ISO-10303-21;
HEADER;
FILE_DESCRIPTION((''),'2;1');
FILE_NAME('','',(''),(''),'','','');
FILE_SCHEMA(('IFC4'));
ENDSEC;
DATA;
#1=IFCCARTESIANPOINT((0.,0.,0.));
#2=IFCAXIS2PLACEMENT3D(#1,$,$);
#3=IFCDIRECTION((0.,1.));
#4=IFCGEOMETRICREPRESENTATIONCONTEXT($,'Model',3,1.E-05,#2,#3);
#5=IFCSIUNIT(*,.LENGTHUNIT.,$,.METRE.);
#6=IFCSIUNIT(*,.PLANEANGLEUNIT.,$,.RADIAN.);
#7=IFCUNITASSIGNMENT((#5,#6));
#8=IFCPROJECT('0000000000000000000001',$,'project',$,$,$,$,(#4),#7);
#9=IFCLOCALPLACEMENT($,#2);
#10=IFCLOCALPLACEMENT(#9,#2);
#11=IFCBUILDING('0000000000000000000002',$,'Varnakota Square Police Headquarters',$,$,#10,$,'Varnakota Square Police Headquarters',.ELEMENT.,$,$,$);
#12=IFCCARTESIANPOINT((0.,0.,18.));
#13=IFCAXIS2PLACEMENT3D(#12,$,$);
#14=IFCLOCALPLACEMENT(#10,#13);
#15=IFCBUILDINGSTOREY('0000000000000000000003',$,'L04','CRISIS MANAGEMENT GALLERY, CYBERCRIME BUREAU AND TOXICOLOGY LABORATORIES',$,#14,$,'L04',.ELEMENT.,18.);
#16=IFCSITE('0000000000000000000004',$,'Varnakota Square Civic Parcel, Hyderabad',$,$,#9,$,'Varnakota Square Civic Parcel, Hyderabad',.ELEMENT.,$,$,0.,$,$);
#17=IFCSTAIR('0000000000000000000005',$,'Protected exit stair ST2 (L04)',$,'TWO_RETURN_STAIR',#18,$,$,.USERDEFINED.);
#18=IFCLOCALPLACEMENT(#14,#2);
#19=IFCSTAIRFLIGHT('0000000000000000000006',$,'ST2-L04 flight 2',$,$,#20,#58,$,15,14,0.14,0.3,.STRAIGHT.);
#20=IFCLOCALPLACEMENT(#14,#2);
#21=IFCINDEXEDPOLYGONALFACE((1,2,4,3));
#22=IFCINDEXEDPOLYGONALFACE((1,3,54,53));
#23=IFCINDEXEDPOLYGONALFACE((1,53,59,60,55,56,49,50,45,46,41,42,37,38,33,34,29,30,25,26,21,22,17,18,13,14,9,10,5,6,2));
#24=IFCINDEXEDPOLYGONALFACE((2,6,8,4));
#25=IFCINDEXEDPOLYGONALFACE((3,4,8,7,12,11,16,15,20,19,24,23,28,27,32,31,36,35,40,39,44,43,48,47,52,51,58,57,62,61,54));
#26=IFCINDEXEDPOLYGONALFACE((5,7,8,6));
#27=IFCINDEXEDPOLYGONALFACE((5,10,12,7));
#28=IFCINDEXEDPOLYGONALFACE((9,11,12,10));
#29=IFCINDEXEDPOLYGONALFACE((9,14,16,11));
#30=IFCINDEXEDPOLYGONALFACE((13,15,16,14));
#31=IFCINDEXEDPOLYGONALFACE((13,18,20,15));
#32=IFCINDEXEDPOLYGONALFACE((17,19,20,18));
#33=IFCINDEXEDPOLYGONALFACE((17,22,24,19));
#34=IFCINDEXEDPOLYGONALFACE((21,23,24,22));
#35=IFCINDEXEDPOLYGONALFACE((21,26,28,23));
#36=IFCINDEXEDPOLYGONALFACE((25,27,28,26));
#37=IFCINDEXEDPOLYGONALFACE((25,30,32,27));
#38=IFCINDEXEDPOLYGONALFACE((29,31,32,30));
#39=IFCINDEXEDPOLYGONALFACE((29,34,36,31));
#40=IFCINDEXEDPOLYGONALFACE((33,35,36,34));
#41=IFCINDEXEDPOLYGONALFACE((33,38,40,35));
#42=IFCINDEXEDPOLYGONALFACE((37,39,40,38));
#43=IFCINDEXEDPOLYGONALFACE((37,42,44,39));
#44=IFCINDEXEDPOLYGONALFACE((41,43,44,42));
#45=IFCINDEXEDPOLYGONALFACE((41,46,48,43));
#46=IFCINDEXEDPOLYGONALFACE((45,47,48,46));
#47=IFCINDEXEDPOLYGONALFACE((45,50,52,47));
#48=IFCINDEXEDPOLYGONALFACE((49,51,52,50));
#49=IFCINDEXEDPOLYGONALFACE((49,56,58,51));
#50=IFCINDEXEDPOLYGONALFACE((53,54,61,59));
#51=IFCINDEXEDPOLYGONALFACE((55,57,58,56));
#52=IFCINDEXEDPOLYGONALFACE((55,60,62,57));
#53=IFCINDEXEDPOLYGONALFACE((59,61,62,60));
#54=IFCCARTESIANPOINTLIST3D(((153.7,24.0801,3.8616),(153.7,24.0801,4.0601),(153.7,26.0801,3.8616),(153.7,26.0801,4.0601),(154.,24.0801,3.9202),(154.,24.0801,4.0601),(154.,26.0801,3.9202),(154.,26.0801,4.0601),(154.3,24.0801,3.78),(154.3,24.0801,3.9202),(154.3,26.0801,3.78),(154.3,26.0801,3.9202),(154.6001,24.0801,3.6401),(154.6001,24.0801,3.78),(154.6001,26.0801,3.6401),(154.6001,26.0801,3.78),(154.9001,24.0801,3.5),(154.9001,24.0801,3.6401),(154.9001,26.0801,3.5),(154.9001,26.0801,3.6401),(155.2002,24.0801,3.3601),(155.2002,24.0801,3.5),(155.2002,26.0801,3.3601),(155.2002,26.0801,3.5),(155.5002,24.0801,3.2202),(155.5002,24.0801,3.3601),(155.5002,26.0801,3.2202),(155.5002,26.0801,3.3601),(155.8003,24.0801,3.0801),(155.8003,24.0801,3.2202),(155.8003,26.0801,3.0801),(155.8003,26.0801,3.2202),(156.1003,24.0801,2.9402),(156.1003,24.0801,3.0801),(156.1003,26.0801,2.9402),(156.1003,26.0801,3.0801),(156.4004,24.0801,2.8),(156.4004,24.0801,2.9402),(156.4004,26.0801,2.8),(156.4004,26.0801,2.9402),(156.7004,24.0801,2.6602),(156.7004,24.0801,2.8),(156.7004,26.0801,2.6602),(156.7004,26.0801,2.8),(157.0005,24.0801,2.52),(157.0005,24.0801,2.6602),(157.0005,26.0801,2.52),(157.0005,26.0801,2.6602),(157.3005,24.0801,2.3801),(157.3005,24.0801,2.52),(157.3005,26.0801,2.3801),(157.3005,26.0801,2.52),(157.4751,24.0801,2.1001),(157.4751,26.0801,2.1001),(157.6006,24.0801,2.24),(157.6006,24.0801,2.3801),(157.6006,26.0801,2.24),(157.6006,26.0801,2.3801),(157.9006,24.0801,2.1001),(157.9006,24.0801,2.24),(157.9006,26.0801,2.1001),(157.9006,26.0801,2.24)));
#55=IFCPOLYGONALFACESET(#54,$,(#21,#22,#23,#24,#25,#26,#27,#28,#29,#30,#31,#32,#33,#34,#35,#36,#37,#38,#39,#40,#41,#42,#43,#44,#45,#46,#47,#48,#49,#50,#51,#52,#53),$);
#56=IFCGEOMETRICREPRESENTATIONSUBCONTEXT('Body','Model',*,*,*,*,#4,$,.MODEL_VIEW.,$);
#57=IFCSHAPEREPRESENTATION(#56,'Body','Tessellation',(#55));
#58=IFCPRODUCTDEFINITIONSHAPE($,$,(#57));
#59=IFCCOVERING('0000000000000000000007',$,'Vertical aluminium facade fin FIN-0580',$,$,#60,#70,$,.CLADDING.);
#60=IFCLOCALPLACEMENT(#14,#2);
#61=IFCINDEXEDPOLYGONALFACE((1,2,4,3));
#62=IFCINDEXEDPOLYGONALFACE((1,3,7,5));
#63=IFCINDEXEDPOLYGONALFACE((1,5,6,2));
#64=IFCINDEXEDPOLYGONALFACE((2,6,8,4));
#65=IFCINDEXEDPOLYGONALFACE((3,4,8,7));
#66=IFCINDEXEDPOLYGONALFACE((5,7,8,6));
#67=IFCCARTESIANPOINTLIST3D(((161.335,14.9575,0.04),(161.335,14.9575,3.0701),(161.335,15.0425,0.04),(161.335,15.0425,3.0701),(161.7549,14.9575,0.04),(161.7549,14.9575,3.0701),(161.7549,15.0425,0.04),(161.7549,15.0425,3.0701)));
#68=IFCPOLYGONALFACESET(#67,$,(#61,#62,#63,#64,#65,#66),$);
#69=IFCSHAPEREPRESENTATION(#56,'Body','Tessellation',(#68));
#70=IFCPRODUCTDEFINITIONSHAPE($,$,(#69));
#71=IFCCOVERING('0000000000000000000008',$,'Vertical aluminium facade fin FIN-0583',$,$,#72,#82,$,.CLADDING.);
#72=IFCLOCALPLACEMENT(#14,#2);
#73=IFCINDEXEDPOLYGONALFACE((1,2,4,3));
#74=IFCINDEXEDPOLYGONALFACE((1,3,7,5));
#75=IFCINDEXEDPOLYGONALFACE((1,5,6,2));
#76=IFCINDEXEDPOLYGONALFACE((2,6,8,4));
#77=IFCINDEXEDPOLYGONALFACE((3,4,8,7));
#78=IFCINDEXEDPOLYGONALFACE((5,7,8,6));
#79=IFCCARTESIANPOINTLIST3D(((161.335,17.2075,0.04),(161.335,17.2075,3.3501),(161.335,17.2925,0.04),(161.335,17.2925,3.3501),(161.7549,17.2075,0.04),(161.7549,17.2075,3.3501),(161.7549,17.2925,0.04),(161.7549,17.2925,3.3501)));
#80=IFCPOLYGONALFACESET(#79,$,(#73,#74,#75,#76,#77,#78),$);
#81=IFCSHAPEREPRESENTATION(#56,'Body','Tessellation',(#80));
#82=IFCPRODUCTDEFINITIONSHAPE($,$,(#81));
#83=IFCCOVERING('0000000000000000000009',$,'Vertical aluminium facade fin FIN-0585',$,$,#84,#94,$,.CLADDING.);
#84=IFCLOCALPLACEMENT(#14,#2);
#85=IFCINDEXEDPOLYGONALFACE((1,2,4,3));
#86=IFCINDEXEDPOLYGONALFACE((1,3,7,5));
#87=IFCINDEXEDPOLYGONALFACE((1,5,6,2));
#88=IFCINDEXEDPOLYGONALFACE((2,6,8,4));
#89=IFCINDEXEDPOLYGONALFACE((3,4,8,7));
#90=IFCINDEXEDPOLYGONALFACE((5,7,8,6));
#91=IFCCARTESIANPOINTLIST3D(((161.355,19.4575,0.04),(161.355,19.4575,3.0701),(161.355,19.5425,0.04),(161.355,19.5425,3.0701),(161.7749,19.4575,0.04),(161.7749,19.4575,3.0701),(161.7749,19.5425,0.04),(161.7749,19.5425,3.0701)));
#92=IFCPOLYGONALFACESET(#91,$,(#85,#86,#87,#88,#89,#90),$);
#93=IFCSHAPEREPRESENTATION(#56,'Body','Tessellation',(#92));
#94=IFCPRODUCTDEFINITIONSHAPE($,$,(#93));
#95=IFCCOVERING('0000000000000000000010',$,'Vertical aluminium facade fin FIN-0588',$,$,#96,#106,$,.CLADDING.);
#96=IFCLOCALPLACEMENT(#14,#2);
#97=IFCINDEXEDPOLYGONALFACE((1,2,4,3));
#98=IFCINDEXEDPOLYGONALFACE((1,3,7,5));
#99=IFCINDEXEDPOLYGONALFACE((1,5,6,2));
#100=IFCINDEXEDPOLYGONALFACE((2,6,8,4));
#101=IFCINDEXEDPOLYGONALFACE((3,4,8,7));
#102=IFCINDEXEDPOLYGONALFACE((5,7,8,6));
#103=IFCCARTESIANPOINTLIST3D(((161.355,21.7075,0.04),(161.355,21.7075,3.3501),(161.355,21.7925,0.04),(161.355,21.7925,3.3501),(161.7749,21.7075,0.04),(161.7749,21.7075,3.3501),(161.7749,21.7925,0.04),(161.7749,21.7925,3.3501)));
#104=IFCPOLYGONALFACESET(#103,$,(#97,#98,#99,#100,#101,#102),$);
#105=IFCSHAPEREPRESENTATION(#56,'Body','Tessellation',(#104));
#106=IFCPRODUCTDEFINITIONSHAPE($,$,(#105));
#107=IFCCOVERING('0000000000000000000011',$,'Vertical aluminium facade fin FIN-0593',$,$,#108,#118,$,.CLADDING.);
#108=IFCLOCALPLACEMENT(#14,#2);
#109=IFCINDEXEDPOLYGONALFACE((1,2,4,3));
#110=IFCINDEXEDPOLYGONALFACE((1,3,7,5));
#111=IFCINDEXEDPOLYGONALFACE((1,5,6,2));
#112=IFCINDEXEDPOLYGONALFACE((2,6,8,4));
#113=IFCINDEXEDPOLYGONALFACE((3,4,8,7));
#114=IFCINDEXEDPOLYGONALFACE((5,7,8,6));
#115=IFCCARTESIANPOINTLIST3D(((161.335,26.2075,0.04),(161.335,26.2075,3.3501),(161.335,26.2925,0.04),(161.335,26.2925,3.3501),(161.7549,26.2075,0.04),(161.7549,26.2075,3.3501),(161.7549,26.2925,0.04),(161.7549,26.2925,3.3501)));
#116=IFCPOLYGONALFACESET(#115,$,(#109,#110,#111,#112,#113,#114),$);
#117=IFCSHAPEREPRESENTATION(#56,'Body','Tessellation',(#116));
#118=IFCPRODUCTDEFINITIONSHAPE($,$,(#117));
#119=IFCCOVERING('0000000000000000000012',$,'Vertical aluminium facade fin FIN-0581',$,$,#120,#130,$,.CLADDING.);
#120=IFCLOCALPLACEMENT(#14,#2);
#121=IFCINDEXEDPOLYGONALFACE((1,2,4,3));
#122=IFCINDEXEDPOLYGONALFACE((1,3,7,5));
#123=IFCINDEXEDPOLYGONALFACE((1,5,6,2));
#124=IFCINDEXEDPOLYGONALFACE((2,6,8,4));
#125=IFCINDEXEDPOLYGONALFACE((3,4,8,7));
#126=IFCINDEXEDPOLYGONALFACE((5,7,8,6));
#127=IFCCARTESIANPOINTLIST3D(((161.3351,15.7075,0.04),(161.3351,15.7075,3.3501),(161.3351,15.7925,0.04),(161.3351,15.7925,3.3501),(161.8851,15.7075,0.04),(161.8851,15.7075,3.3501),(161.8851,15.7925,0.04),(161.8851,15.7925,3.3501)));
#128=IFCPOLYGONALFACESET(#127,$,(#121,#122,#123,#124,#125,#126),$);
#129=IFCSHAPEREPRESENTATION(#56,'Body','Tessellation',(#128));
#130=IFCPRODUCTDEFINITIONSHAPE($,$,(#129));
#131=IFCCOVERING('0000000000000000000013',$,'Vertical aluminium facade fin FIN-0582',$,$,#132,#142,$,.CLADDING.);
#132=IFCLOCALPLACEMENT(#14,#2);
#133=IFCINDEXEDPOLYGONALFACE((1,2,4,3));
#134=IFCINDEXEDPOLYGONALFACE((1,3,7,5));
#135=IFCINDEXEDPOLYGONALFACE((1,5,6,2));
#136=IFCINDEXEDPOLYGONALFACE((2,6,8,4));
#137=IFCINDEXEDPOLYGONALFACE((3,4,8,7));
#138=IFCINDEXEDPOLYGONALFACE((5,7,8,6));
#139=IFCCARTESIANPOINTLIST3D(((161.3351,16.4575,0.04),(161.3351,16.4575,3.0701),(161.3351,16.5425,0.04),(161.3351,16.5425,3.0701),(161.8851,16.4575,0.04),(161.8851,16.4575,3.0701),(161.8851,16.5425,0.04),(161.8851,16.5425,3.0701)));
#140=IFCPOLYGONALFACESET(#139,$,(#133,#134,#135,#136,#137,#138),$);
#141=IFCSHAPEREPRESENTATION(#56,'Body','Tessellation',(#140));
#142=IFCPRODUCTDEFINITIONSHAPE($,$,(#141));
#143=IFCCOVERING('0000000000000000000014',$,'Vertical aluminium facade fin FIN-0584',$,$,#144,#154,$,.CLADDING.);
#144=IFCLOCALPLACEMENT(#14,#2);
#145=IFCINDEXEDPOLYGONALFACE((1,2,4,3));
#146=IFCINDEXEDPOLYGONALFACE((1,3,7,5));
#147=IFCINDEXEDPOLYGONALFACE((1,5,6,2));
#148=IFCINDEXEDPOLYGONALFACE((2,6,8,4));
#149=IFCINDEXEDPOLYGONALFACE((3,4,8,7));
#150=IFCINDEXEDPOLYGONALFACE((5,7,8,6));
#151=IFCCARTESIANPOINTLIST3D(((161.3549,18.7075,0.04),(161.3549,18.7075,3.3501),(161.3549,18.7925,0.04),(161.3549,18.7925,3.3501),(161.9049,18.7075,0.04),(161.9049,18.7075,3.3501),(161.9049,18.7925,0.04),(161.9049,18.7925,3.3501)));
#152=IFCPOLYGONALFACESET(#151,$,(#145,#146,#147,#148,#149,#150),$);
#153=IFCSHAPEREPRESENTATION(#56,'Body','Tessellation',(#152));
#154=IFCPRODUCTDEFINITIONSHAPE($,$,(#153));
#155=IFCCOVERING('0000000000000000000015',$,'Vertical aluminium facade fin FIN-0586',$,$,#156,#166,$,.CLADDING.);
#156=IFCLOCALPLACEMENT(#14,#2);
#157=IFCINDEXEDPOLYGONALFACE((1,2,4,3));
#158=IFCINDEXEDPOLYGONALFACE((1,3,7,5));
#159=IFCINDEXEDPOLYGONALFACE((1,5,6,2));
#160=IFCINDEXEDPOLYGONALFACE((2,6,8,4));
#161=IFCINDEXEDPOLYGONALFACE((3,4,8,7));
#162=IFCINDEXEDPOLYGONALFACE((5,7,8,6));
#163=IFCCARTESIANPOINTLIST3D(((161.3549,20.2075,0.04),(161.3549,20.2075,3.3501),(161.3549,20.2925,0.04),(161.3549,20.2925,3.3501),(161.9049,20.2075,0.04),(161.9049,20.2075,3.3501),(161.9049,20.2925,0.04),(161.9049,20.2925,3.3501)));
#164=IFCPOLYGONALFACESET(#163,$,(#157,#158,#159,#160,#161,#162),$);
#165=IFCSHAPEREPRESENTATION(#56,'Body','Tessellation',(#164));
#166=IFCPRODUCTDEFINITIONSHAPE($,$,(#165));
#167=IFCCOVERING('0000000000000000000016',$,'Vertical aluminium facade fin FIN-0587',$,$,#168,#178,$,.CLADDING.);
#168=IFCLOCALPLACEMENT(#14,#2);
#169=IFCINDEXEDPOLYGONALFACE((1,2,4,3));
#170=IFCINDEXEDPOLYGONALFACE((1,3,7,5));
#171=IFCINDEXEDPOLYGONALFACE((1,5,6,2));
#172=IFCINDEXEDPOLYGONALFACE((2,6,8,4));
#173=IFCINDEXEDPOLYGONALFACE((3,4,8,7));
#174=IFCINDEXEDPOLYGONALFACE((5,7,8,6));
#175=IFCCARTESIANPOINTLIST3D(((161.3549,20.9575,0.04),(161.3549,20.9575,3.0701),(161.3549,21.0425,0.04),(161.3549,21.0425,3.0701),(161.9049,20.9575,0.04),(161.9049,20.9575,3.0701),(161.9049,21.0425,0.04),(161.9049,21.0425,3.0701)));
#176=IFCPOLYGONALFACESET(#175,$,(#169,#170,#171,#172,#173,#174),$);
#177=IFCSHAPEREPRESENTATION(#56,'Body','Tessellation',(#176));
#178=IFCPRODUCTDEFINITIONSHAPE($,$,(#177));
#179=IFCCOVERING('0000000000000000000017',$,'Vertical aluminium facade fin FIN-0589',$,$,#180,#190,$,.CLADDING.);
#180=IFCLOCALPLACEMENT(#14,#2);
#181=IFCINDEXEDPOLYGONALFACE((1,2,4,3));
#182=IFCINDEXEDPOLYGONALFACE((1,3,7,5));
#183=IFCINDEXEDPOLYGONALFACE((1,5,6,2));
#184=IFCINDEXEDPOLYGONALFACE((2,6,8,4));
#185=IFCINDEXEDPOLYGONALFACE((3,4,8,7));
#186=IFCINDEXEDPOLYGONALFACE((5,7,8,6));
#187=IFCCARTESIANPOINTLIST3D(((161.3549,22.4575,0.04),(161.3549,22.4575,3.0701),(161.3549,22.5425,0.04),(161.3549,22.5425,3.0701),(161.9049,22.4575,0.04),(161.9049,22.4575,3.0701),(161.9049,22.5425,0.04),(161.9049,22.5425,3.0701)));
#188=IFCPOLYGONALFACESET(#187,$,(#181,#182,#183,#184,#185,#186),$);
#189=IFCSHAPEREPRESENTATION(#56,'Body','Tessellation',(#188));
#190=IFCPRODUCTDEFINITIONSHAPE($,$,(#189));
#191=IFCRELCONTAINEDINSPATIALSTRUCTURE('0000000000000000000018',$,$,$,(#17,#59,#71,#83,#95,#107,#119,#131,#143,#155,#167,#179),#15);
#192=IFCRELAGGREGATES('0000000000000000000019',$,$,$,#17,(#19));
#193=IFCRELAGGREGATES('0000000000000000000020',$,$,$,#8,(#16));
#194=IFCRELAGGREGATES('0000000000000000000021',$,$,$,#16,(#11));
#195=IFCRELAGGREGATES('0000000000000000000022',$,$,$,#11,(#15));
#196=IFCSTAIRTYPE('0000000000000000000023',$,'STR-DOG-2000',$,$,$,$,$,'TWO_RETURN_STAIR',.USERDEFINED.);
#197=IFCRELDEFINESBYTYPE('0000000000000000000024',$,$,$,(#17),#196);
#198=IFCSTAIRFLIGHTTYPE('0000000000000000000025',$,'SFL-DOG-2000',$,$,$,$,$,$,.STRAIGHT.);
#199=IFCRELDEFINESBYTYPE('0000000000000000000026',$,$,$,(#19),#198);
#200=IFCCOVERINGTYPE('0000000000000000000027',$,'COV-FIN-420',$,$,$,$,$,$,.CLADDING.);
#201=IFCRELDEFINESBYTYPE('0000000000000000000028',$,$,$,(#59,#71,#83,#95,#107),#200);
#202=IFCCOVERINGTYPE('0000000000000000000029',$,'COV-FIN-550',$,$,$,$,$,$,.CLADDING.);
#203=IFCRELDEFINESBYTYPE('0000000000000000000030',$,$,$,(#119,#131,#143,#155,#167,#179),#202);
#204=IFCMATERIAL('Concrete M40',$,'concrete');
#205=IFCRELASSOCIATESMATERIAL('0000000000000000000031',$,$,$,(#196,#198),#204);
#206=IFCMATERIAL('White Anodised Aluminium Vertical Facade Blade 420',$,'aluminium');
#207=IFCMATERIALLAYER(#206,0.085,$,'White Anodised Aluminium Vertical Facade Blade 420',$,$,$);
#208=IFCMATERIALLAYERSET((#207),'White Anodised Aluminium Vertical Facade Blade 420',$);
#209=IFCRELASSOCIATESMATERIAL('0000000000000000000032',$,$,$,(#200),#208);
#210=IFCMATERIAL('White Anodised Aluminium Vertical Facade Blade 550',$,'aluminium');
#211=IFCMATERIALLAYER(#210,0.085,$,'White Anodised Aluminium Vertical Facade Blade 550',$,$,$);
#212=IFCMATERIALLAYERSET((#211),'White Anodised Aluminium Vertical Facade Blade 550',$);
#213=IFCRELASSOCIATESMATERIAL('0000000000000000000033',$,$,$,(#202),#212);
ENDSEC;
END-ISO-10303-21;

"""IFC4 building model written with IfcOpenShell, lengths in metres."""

from ifc_helpers import new_model, si_unit, direction, frame, origin, origin_2d, place, context, subcontext, project, spatial, polyline, rectangle, outline, extrude, material, layer, layer_set, type_object, element, aggregate, save


model = new_model("IFC4")

# Units and contexts
model_context = context("Model", 3, precision=1e-05, world=origin(), true_north=direction((0.0, 1.0)))
body_context = subcontext(model_context, "Body", "Model", "MODEL_VIEW")
ifc_project = project(units=[si_unit("LENGTHUNIT", "METRE"), si_unit("PLANEANGLEUNIT", "RADIAN")], contexts=[model_context])

# Site, building, storey
site_placement = place(None, origin())
site = spatial("IfcSite", under=ifc_project, at=site_placement, Name="Varnakota Square Civic Parcel, Hyderabad", LongName="Varnakota Square Civic Parcel, Hyderabad", CompositionType="ELEMENT", RefElevation=0.0)
building_placement = place(site_placement, origin())
building = spatial("IfcBuilding", under=site, at=building_placement, Name="Varnakota Square Police Headquarters", LongName="Varnakota Square Police Headquarters", CompositionType="ELEMENT")
storey_placement = place(building_placement, frame((0.0, 0.0, 18.0)))
storey = spatial("IfcBuildingStorey", under=building, at=storey_placement, Name="L04", Description="CRISIS MANAGEMENT GALLERY, CYBERCRIME BUREAU AND TOXICOLOGY LABORATORIES", LongName="L04", CompositionType="ELEMENT", Elevation=18.0)

# Shared definitions
ifc_material_1 = material(Name="Concrete M40", Category="concrete")

# Stair, stair flight
stair_type = type_object("IfcStairType", Name="STR-DOG-2000", ElementType="TWO_RETURN_STAIR", PredefinedType="USERDEFINED", material=ifc_material_1)
stair_placement = place(storey_placement, origin())
stair = element("IfcStair", 1, at=stair_placement, inside=storey, type_object=stair_type, Name="Protected exit stair ST2 (L04)", ObjectType="TWO_RETURN_STAIR", PredefinedType="USERDEFINED")
stair_flight_type = type_object("IfcStairFlightType", Name="SFL-DOG-2000", PredefinedType="STRAIGHT", material=ifc_material_1)
stair_flight_placement = place(storey_placement, frame((157.9006, 25.0801, 2.1001), z_axis=(0.0, 0.0, 1.0), x_axis=(-1.0, 0.0, 0.0)))
stair_flight = element("IfcStairFlight", 2, at=stair_flight_placement, type_object=stair_flight_type, Name="ST2-L04 flight 2", NumberOfRisers=15, NumberOfTreads=14, PredefinedType="STRAIGHT", RiserHeight=0.14, TreadLength=0.3, context=body_context, shape_type="SweptSolid", body=[
    extrude(outline(polyline([(0.0, 0.0), (0.0, 0.1399), (0.3, 0.1399), (0.3, 0.28), (0.6001, 0.28), (0.6001, 0.4199), (0.9001, 0.4199), (0.9001, 0.5601), (1.2002, 0.5601), (1.2002, 0.7), (1.5002, 0.7), (1.5002, 0.8401), (1.8003, 0.8401), (1.8003, 0.98), (2.1003, 0.98), (2.1003, 1.1201), (2.4004, 1.1201), (2.4004, 1.26), (2.7004, 1.26), (2.7004, 1.3999), (3.0005, 1.3999), (3.0005, 1.54), (3.3005, 1.54), (3.3005, 1.6799), (3.6006, 1.6799), (3.6006, 1.8201), (3.9006, 1.8201), (3.9006, 1.96), (4.2007, 1.96), (4.2007, 2.1001), (4.2007, 1.7615), (0.4255, 0.0), (0.0, 0.0)])), frame((0.0, 1.0, 0.0), z_axis=(0.0, -1.0, 0.0), x_axis=(1.0, 0.0, 0.0)), (0.0, 0.0, 1.0), 2.0),
])
aggregate(stair, [stair_flight])

# Coverings
ifc_material_2 = material(Name="White Anodised Aluminium Vertical Facade Blade 420", Category="aluminium")
ifc_layer_1 = layer(ifc_material_2, 0.085, Name="White Anodised Aluminium Vertical Facade Blade 420")
ifc_layer_set_1 = layer_set([ifc_layer_1], Name="White Anodised Aluminium Vertical Facade Blade 420")
covering_type_1 = type_object("IfcCoveringType", Name="COV-FIN-420", PredefinedType="CLADDING", material=ifc_layer_set_1)
covering_1_placement = place(storey_placement, frame((161.5449, 15.0, 0.04), z_axis=(0.0, 0.0, 1.0), x_axis=(0.0, 1.0, 0.0)))
element("IfcCovering", 3, at=covering_1_placement, inside=storey, type_object=covering_type_1, Name="Vertical aluminium facade fin FIN-0580", PredefinedType="CLADDING", context=body_context, shape_type="SweptSolid", body=[
    extrude(rectangle(XDim=0.085, YDim=0.4199, at=origin_2d()), origin(), (0.0, 0.0, 1.0), 3.03),
])
covering_2_placement = place(storey_placement, frame((161.5449, 17.25, 0.04), z_axis=(0.0, 0.0, 1.0), x_axis=(0.0, 1.0, 0.0)))
element("IfcCovering", 4, at=covering_2_placement, inside=storey, type_object=covering_type_1, Name="Vertical aluminium facade fin FIN-0583", PredefinedType="CLADDING", context=body_context, shape_type="SweptSolid", body=[
    extrude(rectangle(XDim=0.085, YDim=0.4199, at=origin_2d()), origin(), (0.0, 0.0, 1.0), 3.3101),
])
covering_3_placement = place(storey_placement, frame((161.5649, 19.5, 0.04), z_axis=(0.0, 0.0, 1.0), x_axis=(0.0, 1.0, 0.0)))
element("IfcCovering", 5, at=covering_3_placement, inside=storey, type_object=covering_type_1, Name="Vertical aluminium facade fin FIN-0585", PredefinedType="CLADDING", context=body_context, shape_type="SweptSolid", body=[
    extrude(rectangle(XDim=0.085, YDim=0.4199, at=origin_2d()), origin(), (0.0, 0.0, 1.0), 3.03),
])
for number, where, z_axis, x_axis, name in (
    (6, (161.5649, 21.75, 0.04), (0.0, 0.0, 1.0), (0.0, 1.0, 0.0), "Vertical aluminium facade fin FIN-0588"),
    (7, (161.5449, 26.25, 0.04), (0.0, 0.0, 1.0), (0.0, 1.0, 0.0), "Vertical aluminium facade fin FIN-0593"),
):
    element("IfcCovering", number, at=place(storey_placement, frame(where, z_axis=z_axis, x_axis=x_axis)), inside=storey, type_object=covering_type_1, Name=name, PredefinedType="CLADDING", context=body_context, shape_type="SweptSolid", body=[
        extrude(rectangle(XDim=0.085, YDim=0.4199, at=origin_2d()), origin(), (0.0, 0.0, 1.0), 3.3101),
    ])
ifc_material_3 = material(Name="White Anodised Aluminium Vertical Facade Blade 550", Category="aluminium")
ifc_layer_2 = layer(ifc_material_3, 0.085, Name="White Anodised Aluminium Vertical Facade Blade 550")
ifc_layer_set_2 = layer_set([ifc_layer_2], Name="White Anodised Aluminium Vertical Facade Blade 550")
covering_type_2 = type_object("IfcCoveringType", Name="COV-FIN-550", PredefinedType="CLADDING", material=ifc_layer_set_2)
covering_4_placement = place(storey_placement, frame((161.6101, 15.75, 0.04), z_axis=(0.0, 0.0, 1.0), x_axis=(0.0, 1.0, 0.0)))
element("IfcCovering", 8, at=covering_4_placement, inside=storey, type_object=covering_type_2, Name="Vertical aluminium facade fin FIN-0581", PredefinedType="CLADDING", context=body_context, shape_type="SweptSolid", body=[
    extrude(rectangle(XDim=0.085, YDim=0.55, at=origin_2d()), origin(), (0.0, 0.0, 1.0), 3.3101),
])
covering_5_placement = place(storey_placement, frame((161.6101, 16.5, 0.04), z_axis=(0.0, 0.0, 1.0), x_axis=(0.0, 1.0, 0.0)))
element("IfcCovering", 9, at=covering_5_placement, inside=storey, type_object=covering_type_2, Name="Vertical aluminium facade fin FIN-0582", PredefinedType="CLADDING", context=body_context, shape_type="SweptSolid", body=[
    extrude(rectangle(XDim=0.085, YDim=0.55, at=origin_2d()), origin(), (0.0, 0.0, 1.0), 3.03),
])
for number, where, z_axis, x_axis, name in (
    (10, (161.6299, 18.75, 0.04), (0.0, 0.0, 1.0), (0.0, 1.0, 0.0), "Vertical aluminium facade fin FIN-0584"),
    (11, (161.6299, 20.25, 0.04), (0.0, 0.0, 1.0), (0.0, 1.0, 0.0), "Vertical aluminium facade fin FIN-0586"),
):
    element("IfcCovering", number, at=place(storey_placement, frame(where, z_axis=z_axis, x_axis=x_axis)), inside=storey, type_object=covering_type_2, Name=name, PredefinedType="CLADDING", context=body_context, shape_type="SweptSolid", body=[
        extrude(rectangle(XDim=0.085, YDim=0.55, at=origin_2d()), origin(), (0.0, 0.0, 1.0), 3.3101),
    ])
for number, where, z_axis, x_axis, name in (
    (12, (161.6299, 21.0, 0.04), (0.0, 0.0, 1.0), (0.0, 1.0, 0.0), "Vertical aluminium facade fin FIN-0587"),
    (13, (161.6299, 22.5, 0.04), (0.0, 0.0, 1.0), (0.0, 1.0, 0.0), "Vertical aluminium facade fin FIN-0589"),
):
    element("IfcCovering", number, at=place(storey_placement, frame(where, z_axis=z_axis, x_axis=x_axis)), inside=storey, type_object=covering_type_2, Name=name, PredefinedType="CLADDING", context=body_context, shape_type="SweptSolid", body=[
        extrude(rectangle(XDim=0.085, YDim=0.55, at=origin_2d()), origin(), (0.0, 0.0, 1.0), 3.03),
    ])

save(model, "model.ifc")
